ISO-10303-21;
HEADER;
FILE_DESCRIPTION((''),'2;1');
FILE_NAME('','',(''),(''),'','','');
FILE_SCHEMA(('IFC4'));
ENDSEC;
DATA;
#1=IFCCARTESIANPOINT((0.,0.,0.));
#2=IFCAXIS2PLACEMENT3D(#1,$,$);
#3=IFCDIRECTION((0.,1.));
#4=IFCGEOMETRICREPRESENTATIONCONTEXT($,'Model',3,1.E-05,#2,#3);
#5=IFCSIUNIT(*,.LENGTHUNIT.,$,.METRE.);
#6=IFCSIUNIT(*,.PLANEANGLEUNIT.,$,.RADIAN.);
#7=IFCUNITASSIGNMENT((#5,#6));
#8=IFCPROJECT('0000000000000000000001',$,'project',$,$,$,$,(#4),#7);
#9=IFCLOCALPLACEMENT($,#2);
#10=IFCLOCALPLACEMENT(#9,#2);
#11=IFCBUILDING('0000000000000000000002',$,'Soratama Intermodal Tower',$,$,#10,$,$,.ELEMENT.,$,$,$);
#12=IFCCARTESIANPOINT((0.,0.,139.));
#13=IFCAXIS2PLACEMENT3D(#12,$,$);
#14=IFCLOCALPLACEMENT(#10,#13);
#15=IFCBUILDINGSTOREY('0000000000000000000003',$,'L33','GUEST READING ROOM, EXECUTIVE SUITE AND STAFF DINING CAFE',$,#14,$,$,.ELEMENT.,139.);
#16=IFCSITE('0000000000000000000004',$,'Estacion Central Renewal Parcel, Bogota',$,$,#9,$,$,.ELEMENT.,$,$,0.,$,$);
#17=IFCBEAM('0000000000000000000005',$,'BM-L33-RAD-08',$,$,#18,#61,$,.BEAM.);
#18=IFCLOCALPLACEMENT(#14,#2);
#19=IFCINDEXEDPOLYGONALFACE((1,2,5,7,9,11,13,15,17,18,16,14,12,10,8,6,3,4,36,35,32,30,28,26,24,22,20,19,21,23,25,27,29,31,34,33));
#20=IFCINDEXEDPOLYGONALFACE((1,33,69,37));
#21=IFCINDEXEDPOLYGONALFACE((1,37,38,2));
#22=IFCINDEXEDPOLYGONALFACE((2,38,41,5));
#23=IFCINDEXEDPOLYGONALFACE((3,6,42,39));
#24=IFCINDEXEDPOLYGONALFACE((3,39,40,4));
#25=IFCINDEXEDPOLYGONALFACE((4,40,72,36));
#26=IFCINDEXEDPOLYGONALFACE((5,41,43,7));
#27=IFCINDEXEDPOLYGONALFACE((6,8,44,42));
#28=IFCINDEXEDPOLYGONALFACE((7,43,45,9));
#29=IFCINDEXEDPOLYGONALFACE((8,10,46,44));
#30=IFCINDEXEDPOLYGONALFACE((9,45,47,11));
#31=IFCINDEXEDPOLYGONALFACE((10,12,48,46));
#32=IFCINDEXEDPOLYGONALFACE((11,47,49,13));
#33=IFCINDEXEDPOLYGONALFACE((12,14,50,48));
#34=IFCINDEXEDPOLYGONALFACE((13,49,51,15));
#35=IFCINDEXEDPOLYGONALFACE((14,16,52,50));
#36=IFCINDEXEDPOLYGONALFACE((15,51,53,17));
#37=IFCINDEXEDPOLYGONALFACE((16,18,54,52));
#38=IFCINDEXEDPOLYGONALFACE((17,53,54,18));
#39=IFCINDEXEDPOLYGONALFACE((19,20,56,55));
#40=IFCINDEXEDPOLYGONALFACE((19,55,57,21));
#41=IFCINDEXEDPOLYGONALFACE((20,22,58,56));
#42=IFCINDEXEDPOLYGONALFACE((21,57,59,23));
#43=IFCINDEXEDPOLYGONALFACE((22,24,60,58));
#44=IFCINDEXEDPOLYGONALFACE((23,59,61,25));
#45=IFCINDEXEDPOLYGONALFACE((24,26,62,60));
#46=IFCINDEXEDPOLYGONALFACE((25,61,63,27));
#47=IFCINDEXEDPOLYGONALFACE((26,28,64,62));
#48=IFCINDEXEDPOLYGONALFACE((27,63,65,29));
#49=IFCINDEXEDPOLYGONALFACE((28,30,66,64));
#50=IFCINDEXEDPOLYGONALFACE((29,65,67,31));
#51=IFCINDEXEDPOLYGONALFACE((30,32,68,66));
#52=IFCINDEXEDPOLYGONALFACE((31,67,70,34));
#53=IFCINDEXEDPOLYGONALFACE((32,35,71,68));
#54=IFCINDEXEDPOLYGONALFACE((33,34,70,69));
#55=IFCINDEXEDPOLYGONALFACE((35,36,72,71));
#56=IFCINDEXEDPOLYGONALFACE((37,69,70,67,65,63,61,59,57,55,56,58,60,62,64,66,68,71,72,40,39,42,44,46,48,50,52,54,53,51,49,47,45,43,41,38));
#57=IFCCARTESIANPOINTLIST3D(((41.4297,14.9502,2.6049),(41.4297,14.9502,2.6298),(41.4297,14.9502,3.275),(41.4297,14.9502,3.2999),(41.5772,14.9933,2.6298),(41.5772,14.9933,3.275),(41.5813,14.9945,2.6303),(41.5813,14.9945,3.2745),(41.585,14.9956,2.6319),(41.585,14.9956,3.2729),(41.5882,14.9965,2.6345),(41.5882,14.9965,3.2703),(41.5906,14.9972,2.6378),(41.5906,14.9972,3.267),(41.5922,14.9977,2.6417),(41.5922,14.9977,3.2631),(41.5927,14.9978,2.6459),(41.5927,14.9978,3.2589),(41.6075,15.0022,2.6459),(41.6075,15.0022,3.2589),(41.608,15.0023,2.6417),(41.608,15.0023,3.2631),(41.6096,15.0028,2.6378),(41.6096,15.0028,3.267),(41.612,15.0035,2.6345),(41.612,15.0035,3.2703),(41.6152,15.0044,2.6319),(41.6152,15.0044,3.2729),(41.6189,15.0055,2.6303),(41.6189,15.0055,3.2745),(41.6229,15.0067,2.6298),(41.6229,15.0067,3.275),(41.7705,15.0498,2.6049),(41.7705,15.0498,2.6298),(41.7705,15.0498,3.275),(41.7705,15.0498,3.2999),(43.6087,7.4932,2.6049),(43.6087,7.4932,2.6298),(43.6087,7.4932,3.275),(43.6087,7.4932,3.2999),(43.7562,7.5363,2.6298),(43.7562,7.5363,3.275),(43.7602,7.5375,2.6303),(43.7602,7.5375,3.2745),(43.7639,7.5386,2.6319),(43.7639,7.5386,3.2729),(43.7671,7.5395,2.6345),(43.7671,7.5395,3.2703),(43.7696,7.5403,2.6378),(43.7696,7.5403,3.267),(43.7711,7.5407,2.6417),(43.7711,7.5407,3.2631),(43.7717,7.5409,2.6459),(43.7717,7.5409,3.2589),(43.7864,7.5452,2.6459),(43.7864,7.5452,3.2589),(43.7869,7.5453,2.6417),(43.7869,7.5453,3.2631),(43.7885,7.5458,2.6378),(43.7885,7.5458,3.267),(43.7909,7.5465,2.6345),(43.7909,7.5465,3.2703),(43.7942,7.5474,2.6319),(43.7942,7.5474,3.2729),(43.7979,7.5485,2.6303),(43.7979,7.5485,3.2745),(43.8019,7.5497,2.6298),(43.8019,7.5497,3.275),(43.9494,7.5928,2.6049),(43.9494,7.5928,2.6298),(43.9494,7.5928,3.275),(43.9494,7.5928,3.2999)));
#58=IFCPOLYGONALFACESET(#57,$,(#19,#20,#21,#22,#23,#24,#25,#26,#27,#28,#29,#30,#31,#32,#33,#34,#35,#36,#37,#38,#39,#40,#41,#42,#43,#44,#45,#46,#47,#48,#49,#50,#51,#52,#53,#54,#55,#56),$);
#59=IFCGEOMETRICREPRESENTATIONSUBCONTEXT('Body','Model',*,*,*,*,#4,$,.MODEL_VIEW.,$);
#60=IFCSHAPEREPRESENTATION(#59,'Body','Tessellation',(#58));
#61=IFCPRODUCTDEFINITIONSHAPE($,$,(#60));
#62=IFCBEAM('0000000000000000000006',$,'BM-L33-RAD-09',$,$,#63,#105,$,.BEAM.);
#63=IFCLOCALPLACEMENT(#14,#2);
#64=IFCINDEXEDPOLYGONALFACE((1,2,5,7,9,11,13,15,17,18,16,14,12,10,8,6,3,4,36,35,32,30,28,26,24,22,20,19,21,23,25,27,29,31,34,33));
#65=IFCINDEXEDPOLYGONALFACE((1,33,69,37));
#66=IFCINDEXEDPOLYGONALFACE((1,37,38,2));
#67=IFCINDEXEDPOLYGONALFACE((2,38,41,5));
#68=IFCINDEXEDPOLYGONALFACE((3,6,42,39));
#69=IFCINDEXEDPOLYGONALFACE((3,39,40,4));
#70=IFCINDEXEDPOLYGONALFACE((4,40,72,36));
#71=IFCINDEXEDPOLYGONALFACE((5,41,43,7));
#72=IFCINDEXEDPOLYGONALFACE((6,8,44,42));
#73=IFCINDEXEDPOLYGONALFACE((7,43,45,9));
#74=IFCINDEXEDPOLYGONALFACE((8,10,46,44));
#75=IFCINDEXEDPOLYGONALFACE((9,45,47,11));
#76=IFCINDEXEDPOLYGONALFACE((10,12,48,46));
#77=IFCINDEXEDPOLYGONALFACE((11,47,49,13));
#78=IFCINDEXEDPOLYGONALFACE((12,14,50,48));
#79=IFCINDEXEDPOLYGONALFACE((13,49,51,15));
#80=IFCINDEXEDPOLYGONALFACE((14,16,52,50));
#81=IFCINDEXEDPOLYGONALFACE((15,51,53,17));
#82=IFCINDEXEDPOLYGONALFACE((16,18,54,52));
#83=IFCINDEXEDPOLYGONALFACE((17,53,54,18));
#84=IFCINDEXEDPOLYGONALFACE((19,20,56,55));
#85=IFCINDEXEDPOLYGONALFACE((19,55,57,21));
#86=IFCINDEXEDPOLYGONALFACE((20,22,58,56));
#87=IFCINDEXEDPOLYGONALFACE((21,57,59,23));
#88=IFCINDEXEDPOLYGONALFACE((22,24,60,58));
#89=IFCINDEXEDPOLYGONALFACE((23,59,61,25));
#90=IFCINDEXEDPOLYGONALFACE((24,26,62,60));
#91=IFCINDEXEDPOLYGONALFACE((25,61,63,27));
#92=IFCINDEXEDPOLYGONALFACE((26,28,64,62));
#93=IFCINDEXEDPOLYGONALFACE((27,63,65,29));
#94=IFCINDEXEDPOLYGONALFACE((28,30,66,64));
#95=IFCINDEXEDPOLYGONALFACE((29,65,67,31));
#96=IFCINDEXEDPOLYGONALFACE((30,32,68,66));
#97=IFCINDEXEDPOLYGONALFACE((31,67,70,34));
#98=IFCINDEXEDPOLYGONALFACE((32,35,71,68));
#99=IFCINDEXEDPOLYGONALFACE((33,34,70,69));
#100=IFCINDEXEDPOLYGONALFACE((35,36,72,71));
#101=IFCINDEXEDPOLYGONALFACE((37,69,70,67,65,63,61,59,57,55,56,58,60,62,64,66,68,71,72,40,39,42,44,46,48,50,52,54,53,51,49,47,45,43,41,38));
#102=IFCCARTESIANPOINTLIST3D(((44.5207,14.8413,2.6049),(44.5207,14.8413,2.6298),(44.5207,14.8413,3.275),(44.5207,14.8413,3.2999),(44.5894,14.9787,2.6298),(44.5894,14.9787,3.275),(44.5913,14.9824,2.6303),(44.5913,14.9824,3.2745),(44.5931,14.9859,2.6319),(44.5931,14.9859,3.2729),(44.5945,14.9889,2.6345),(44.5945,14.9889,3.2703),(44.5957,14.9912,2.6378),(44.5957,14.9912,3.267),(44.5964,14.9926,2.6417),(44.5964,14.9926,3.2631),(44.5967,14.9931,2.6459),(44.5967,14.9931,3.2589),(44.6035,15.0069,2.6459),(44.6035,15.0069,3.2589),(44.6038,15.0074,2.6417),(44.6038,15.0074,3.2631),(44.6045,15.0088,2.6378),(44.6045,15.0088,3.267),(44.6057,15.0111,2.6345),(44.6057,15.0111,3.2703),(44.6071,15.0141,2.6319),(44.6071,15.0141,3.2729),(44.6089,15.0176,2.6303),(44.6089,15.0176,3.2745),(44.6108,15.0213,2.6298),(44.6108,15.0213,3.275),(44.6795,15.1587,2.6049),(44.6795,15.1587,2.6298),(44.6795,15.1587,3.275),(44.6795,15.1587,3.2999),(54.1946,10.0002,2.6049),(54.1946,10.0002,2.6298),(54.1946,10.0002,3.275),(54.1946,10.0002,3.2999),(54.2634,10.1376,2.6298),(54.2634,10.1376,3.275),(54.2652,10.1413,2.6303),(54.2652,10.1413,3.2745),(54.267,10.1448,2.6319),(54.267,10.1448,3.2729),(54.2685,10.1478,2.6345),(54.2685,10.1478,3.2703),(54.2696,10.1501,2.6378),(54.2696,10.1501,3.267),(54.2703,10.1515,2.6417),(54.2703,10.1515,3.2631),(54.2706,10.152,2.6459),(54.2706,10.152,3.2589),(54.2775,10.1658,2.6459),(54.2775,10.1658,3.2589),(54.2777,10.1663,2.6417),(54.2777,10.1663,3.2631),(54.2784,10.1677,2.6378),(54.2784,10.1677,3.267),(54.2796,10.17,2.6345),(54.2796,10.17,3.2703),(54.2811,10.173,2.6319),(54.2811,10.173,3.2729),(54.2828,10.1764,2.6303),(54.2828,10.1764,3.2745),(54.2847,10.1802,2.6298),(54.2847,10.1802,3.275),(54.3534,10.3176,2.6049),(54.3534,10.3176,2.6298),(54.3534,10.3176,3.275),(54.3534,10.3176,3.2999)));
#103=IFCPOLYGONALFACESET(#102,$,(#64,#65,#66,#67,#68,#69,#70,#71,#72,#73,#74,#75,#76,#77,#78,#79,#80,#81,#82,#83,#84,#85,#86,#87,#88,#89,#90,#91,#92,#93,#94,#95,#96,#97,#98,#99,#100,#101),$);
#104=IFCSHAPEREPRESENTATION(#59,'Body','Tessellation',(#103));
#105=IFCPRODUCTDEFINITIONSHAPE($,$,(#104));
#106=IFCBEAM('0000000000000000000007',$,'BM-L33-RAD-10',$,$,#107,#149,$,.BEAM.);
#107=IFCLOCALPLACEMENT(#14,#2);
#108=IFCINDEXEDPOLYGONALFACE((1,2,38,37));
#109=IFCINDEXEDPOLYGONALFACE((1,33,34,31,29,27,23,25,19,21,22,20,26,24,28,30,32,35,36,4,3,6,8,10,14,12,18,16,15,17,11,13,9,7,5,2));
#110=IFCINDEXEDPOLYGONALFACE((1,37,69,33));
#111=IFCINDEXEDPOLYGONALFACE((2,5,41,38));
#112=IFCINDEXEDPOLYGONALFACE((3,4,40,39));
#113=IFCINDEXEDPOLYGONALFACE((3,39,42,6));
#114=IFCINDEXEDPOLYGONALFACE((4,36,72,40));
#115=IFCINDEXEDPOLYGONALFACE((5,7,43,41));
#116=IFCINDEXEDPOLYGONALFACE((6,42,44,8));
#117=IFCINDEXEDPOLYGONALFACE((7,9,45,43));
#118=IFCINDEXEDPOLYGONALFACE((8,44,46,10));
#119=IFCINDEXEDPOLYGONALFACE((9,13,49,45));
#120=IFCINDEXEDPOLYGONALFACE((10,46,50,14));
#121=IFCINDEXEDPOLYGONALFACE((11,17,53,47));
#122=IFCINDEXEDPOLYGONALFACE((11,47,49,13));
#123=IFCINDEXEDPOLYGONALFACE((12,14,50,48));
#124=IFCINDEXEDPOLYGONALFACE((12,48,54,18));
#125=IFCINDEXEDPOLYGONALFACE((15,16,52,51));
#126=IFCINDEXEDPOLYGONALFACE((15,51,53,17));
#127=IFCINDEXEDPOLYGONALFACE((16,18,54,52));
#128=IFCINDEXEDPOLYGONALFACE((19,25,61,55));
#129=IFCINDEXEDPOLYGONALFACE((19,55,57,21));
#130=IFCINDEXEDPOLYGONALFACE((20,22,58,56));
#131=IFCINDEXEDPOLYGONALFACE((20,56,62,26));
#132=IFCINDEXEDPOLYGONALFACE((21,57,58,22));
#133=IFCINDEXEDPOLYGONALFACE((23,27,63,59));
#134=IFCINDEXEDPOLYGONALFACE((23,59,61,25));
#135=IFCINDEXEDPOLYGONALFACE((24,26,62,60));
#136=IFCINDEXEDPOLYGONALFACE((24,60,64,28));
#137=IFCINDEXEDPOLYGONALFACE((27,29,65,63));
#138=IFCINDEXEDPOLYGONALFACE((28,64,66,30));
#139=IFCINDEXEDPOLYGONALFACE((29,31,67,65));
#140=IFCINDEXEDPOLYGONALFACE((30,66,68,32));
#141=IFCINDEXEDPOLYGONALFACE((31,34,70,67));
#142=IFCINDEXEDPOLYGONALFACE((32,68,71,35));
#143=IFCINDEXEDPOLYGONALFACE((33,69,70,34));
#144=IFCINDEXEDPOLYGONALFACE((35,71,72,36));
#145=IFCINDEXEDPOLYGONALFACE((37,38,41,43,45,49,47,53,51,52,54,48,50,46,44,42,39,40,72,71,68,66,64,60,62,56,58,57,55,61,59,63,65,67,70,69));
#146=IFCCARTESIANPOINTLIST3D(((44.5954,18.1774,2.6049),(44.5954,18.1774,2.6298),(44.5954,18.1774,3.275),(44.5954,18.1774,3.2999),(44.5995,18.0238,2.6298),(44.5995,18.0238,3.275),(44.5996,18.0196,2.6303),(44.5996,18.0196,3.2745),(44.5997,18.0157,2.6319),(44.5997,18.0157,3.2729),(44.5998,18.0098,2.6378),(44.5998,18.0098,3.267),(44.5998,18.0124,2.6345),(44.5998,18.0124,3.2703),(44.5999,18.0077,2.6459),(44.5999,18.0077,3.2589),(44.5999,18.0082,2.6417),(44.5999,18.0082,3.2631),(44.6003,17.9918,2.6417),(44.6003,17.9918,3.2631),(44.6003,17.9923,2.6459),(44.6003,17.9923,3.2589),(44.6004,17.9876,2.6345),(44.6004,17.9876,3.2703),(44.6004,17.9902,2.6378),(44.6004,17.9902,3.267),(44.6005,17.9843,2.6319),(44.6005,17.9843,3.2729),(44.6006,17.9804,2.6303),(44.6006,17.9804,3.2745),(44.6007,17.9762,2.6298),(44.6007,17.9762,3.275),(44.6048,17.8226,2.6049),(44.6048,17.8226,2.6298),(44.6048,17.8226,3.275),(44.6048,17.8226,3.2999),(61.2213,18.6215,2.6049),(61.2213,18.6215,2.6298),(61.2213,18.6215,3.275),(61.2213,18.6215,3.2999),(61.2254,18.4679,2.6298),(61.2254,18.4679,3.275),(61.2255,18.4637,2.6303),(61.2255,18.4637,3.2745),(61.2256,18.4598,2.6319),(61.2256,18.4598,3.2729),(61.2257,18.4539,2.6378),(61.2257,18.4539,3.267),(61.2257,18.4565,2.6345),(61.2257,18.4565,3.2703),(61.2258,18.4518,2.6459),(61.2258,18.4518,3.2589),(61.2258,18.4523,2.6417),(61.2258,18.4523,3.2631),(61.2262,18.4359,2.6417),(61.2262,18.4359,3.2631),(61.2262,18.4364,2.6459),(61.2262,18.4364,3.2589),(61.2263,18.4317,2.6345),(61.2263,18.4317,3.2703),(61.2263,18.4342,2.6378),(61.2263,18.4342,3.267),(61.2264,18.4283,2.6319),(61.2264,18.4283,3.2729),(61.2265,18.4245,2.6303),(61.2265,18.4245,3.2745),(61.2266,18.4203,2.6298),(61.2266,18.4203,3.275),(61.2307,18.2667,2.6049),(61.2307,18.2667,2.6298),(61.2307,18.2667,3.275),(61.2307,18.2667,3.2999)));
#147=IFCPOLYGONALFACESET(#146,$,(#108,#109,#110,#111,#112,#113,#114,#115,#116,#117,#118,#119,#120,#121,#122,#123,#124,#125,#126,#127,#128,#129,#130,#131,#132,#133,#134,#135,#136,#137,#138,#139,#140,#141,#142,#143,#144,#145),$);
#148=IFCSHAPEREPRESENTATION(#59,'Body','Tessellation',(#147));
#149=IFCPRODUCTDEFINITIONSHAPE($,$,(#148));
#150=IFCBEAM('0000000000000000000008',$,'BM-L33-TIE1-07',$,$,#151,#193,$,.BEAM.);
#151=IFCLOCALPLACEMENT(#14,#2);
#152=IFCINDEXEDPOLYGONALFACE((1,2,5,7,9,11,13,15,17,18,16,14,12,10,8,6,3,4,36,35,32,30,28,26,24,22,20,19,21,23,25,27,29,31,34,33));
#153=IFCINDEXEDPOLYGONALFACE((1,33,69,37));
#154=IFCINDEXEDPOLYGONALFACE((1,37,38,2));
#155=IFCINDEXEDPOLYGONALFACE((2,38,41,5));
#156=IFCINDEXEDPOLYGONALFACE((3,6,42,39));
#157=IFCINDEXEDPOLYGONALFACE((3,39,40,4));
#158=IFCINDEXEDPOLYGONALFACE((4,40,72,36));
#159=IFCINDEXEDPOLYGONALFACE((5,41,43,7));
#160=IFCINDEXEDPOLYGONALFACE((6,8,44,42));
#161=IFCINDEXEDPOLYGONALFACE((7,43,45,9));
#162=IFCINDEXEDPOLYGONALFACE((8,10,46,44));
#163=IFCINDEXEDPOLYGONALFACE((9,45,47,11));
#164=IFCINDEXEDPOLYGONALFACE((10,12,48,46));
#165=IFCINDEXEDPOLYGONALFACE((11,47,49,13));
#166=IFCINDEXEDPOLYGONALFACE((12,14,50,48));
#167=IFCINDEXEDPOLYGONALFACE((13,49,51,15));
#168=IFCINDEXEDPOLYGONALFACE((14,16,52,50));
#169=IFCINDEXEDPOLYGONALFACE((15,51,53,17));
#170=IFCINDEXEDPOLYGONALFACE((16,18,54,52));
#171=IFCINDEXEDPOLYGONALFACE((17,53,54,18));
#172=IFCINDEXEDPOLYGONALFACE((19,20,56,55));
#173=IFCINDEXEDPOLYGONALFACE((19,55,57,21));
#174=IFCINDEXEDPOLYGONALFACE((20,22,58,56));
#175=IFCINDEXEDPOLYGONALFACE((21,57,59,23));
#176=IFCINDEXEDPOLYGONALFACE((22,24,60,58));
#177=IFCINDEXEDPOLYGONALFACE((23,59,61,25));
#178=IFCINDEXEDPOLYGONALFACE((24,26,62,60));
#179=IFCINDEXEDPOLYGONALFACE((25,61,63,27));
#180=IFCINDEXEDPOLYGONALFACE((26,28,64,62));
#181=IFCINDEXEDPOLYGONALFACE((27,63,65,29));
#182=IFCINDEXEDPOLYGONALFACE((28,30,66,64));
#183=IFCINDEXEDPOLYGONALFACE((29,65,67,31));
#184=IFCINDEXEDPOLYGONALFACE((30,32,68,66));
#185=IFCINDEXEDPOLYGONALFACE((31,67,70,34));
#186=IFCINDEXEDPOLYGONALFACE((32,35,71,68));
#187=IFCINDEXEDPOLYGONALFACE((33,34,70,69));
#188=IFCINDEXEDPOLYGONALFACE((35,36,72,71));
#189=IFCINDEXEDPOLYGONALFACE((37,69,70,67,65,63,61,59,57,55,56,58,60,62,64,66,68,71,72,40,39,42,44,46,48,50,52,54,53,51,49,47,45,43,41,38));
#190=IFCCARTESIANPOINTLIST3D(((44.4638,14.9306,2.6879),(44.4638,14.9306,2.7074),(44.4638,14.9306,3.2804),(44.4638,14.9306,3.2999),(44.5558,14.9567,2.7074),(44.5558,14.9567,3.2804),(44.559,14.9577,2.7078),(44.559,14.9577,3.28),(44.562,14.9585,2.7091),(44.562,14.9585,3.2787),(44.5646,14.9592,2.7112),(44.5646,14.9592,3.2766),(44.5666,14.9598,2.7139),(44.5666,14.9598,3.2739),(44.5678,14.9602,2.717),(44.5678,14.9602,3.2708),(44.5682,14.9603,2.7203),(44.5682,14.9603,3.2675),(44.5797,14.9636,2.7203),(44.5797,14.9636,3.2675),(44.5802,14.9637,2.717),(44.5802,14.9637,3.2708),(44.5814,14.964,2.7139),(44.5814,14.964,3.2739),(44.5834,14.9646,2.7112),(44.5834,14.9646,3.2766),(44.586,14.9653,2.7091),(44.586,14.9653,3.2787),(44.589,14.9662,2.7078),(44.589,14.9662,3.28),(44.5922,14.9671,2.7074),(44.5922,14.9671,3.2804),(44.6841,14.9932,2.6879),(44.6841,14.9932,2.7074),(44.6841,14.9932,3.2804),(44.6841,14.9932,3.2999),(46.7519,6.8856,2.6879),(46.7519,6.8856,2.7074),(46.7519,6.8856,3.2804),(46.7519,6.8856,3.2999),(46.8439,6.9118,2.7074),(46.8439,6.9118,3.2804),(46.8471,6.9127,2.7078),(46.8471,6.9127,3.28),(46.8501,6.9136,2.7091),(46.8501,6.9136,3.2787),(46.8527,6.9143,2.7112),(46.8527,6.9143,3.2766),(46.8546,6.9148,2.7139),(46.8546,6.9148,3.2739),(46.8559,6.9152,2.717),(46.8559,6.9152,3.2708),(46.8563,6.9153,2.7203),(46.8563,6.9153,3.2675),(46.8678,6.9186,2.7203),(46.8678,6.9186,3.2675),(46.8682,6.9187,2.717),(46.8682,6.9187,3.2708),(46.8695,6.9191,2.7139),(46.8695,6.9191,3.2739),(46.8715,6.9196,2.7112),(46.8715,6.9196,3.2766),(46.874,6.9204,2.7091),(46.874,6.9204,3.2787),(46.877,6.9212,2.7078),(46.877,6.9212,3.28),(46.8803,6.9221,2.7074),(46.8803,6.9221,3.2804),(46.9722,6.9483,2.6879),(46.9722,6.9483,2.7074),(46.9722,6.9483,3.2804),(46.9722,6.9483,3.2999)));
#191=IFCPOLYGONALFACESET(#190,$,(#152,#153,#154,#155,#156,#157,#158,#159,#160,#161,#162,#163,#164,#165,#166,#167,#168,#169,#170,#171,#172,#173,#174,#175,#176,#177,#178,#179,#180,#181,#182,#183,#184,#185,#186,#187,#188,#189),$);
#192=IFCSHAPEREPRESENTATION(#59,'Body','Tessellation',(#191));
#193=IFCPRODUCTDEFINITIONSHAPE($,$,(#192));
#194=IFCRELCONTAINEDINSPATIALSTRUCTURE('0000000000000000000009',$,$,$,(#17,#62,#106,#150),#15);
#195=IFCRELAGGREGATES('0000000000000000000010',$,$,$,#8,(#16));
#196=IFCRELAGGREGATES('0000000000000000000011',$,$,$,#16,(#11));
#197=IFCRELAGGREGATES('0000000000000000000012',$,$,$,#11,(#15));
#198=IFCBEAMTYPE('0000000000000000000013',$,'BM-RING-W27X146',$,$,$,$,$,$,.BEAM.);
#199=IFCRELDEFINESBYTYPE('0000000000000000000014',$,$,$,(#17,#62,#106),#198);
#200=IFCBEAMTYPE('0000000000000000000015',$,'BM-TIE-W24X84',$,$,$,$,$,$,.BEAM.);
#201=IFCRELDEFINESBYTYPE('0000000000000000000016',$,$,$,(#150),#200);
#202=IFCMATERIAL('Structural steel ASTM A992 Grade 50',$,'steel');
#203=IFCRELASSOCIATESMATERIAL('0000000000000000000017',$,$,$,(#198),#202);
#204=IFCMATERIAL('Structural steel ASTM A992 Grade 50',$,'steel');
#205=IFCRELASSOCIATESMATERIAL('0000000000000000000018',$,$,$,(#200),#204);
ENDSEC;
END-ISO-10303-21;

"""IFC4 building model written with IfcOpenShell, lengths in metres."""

from ifc_helpers import new_model, si_unit, direction, frame, origin, origin_2d, place, context, subcontext, project, spatial, i_section, extrude, material, material_profile, profile_set, type_object, element, save


model = new_model("IFC4")

# Units and contexts
model_context = context("Model", 3, precision=1e-05, world=origin(), true_north=direction((0.0, 1.0)))
body_context = subcontext(model_context, "Body", "Model", "MODEL_VIEW")
ifc_project = project(units=[si_unit("LENGTHUNIT", "METRE"), si_unit("PLANEANGLEUNIT", "RADIAN")], contexts=[model_context])

# Site, building, storey
site_placement = place(None, origin())
site = spatial("IfcSite", under=ifc_project, at=site_placement, Name="Estacion Central Renewal Parcel, Bogota", CompositionType="ELEMENT", RefElevation=0.0)
building_placement = place(site_placement, origin())
building = spatial("IfcBuilding", under=site, at=building_placement, Name="Soratama Intermodal Tower", CompositionType="ELEMENT")
storey_placement = place(building_placement, frame((0.0, 0.0, 139.0)))
storey = spatial("IfcBuildingStorey", under=building, at=storey_placement, Name="L33", Description="GUEST READING ROOM, EXECUTIVE SUITE AND STAFF DINING CAFE", CompositionType="ELEMENT", Elevation=139.0)

# Beams
ifc_material_1 = material(Name="Structural steel ASTM A992 Grade 50", Category="steel")
ifc_material_profile_1 = material_profile(ifc_material_1, i_section(OverallWidth=0.355, OverallDepth=0.6951, WebThickness=0.0154, FlangeThickness=0.0249, FilletRadius=0.0161, at=origin_2d()), Name="W27X146")
ifc_profile_set_1 = profile_set([ifc_material_profile_1], Name="Structural steel ASTM A992 Grade 50")
beam_type_1 = type_object("IfcBeamType", Name="BM-RING-W27X146", PredefinedType="BEAM", material=ifc_profile_set_1)
beam_1_placement = place(storey_placement, frame((41.6001, 15.0, 2.9524), z_axis=(0.280473, -0.959862, 0.0), x_axis=(0.959862, 0.280473, 0.0)))
element("IfcBeam", 1, at=beam_1_placement, inside=storey, type_object=beam_type_1, Name="BM-L33-RAD-08", PredefinedType="BEAM", context=body_context, shape_type="SweptSolid", body=[
    extrude(i_section(OverallWidth=0.355, OverallDepth=0.6951, WebThickness=0.0154, FlangeThickness=0.0249, FilletRadius=0.0161, at=origin_2d()), origin(), (0.0, 0.0, 1.0), 7.7688),
])
beam_2_placement = place(storey_placement, frame((44.6001, 15.0, 2.9524), z_axis=(0.894274, -0.447521, 0.0), x_axis=(0.447521, 0.894274, 0.0)))
element("IfcBeam", 2, at=beam_2_placement, inside=storey, type_object=beam_type_1, Name="BM-L33-RAD-09", PredefinedType="BEAM", context=body_context, shape_type="SweptSolid", body=[
    extrude(i_section(OverallWidth=0.355, OverallDepth=0.6951, WebThickness=0.0154, FlangeThickness=0.0249, FilletRadius=0.0161, at=origin_2d()), origin(), (0.0, 0.0, 1.0), 10.8176),
])
beam_3_placement = place(storey_placement, frame((44.6001, 18.0, 2.9524), z_axis=(0.999643, 0.026701, 0.0), x_axis=(-0.026701, 0.999643, 0.0)))
element("IfcBeam", 3, at=beam_3_placement, inside=storey, type_object=beam_type_1, Name="BM-L33-RAD-10", PredefinedType="BEAM", context=body_context, shape_type="SweptSolid", body=[
    extrude(i_section(OverallWidth=0.355, OverallDepth=0.6951, WebThickness=0.0154, FlangeThickness=0.0249, FilletRadius=0.0161, at=origin_2d()), origin(), (0.0, 0.0, 1.0), 16.6318),
])
ifc_material_2 = material(Name="Structural steel ASTM A992 Grade 50", Category="steel")
ifc_material_profile_2 = material_profile(ifc_material_2, i_section(OverallWidth=0.229, OverallDepth=0.6121, WebThickness=0.012, FlangeThickness=0.0195, FilletRadius=0.0129, at=origin_2d()), Name="W24X84")
ifc_profile_set_2 = profile_set([ifc_material_profile_2], Name="Structural steel ASTM A992 Grade 50")
beam_type_2 = type_object("IfcBeamType", Name="BM-TIE-W24X84", PredefinedType="BEAM", material=ifc_profile_set_2)
beam_4_placement = place(storey_placement, frame((44.574, 14.9619, 2.9939), z_axis=(0.273564, -0.961854, 0.0), x_axis=(0.961854, 0.273564, 0.0)))
element("IfcBeam", 4, at=beam_4_placement, inside=storey, type_object=beam_type_2, Name="BM-L33-TIE1-07", PredefinedType="BEAM", context=body_context, shape_type="SweptSolid", body=[
    extrude(i_section(OverallWidth=0.229, OverallDepth=0.6121, WebThickness=0.012, FlangeThickness=0.0195, FilletRadius=0.0129, at=origin_2d()), origin(), (0.0, 0.0, 1.0), 8.364),
])

save(model, "model.ifc")
